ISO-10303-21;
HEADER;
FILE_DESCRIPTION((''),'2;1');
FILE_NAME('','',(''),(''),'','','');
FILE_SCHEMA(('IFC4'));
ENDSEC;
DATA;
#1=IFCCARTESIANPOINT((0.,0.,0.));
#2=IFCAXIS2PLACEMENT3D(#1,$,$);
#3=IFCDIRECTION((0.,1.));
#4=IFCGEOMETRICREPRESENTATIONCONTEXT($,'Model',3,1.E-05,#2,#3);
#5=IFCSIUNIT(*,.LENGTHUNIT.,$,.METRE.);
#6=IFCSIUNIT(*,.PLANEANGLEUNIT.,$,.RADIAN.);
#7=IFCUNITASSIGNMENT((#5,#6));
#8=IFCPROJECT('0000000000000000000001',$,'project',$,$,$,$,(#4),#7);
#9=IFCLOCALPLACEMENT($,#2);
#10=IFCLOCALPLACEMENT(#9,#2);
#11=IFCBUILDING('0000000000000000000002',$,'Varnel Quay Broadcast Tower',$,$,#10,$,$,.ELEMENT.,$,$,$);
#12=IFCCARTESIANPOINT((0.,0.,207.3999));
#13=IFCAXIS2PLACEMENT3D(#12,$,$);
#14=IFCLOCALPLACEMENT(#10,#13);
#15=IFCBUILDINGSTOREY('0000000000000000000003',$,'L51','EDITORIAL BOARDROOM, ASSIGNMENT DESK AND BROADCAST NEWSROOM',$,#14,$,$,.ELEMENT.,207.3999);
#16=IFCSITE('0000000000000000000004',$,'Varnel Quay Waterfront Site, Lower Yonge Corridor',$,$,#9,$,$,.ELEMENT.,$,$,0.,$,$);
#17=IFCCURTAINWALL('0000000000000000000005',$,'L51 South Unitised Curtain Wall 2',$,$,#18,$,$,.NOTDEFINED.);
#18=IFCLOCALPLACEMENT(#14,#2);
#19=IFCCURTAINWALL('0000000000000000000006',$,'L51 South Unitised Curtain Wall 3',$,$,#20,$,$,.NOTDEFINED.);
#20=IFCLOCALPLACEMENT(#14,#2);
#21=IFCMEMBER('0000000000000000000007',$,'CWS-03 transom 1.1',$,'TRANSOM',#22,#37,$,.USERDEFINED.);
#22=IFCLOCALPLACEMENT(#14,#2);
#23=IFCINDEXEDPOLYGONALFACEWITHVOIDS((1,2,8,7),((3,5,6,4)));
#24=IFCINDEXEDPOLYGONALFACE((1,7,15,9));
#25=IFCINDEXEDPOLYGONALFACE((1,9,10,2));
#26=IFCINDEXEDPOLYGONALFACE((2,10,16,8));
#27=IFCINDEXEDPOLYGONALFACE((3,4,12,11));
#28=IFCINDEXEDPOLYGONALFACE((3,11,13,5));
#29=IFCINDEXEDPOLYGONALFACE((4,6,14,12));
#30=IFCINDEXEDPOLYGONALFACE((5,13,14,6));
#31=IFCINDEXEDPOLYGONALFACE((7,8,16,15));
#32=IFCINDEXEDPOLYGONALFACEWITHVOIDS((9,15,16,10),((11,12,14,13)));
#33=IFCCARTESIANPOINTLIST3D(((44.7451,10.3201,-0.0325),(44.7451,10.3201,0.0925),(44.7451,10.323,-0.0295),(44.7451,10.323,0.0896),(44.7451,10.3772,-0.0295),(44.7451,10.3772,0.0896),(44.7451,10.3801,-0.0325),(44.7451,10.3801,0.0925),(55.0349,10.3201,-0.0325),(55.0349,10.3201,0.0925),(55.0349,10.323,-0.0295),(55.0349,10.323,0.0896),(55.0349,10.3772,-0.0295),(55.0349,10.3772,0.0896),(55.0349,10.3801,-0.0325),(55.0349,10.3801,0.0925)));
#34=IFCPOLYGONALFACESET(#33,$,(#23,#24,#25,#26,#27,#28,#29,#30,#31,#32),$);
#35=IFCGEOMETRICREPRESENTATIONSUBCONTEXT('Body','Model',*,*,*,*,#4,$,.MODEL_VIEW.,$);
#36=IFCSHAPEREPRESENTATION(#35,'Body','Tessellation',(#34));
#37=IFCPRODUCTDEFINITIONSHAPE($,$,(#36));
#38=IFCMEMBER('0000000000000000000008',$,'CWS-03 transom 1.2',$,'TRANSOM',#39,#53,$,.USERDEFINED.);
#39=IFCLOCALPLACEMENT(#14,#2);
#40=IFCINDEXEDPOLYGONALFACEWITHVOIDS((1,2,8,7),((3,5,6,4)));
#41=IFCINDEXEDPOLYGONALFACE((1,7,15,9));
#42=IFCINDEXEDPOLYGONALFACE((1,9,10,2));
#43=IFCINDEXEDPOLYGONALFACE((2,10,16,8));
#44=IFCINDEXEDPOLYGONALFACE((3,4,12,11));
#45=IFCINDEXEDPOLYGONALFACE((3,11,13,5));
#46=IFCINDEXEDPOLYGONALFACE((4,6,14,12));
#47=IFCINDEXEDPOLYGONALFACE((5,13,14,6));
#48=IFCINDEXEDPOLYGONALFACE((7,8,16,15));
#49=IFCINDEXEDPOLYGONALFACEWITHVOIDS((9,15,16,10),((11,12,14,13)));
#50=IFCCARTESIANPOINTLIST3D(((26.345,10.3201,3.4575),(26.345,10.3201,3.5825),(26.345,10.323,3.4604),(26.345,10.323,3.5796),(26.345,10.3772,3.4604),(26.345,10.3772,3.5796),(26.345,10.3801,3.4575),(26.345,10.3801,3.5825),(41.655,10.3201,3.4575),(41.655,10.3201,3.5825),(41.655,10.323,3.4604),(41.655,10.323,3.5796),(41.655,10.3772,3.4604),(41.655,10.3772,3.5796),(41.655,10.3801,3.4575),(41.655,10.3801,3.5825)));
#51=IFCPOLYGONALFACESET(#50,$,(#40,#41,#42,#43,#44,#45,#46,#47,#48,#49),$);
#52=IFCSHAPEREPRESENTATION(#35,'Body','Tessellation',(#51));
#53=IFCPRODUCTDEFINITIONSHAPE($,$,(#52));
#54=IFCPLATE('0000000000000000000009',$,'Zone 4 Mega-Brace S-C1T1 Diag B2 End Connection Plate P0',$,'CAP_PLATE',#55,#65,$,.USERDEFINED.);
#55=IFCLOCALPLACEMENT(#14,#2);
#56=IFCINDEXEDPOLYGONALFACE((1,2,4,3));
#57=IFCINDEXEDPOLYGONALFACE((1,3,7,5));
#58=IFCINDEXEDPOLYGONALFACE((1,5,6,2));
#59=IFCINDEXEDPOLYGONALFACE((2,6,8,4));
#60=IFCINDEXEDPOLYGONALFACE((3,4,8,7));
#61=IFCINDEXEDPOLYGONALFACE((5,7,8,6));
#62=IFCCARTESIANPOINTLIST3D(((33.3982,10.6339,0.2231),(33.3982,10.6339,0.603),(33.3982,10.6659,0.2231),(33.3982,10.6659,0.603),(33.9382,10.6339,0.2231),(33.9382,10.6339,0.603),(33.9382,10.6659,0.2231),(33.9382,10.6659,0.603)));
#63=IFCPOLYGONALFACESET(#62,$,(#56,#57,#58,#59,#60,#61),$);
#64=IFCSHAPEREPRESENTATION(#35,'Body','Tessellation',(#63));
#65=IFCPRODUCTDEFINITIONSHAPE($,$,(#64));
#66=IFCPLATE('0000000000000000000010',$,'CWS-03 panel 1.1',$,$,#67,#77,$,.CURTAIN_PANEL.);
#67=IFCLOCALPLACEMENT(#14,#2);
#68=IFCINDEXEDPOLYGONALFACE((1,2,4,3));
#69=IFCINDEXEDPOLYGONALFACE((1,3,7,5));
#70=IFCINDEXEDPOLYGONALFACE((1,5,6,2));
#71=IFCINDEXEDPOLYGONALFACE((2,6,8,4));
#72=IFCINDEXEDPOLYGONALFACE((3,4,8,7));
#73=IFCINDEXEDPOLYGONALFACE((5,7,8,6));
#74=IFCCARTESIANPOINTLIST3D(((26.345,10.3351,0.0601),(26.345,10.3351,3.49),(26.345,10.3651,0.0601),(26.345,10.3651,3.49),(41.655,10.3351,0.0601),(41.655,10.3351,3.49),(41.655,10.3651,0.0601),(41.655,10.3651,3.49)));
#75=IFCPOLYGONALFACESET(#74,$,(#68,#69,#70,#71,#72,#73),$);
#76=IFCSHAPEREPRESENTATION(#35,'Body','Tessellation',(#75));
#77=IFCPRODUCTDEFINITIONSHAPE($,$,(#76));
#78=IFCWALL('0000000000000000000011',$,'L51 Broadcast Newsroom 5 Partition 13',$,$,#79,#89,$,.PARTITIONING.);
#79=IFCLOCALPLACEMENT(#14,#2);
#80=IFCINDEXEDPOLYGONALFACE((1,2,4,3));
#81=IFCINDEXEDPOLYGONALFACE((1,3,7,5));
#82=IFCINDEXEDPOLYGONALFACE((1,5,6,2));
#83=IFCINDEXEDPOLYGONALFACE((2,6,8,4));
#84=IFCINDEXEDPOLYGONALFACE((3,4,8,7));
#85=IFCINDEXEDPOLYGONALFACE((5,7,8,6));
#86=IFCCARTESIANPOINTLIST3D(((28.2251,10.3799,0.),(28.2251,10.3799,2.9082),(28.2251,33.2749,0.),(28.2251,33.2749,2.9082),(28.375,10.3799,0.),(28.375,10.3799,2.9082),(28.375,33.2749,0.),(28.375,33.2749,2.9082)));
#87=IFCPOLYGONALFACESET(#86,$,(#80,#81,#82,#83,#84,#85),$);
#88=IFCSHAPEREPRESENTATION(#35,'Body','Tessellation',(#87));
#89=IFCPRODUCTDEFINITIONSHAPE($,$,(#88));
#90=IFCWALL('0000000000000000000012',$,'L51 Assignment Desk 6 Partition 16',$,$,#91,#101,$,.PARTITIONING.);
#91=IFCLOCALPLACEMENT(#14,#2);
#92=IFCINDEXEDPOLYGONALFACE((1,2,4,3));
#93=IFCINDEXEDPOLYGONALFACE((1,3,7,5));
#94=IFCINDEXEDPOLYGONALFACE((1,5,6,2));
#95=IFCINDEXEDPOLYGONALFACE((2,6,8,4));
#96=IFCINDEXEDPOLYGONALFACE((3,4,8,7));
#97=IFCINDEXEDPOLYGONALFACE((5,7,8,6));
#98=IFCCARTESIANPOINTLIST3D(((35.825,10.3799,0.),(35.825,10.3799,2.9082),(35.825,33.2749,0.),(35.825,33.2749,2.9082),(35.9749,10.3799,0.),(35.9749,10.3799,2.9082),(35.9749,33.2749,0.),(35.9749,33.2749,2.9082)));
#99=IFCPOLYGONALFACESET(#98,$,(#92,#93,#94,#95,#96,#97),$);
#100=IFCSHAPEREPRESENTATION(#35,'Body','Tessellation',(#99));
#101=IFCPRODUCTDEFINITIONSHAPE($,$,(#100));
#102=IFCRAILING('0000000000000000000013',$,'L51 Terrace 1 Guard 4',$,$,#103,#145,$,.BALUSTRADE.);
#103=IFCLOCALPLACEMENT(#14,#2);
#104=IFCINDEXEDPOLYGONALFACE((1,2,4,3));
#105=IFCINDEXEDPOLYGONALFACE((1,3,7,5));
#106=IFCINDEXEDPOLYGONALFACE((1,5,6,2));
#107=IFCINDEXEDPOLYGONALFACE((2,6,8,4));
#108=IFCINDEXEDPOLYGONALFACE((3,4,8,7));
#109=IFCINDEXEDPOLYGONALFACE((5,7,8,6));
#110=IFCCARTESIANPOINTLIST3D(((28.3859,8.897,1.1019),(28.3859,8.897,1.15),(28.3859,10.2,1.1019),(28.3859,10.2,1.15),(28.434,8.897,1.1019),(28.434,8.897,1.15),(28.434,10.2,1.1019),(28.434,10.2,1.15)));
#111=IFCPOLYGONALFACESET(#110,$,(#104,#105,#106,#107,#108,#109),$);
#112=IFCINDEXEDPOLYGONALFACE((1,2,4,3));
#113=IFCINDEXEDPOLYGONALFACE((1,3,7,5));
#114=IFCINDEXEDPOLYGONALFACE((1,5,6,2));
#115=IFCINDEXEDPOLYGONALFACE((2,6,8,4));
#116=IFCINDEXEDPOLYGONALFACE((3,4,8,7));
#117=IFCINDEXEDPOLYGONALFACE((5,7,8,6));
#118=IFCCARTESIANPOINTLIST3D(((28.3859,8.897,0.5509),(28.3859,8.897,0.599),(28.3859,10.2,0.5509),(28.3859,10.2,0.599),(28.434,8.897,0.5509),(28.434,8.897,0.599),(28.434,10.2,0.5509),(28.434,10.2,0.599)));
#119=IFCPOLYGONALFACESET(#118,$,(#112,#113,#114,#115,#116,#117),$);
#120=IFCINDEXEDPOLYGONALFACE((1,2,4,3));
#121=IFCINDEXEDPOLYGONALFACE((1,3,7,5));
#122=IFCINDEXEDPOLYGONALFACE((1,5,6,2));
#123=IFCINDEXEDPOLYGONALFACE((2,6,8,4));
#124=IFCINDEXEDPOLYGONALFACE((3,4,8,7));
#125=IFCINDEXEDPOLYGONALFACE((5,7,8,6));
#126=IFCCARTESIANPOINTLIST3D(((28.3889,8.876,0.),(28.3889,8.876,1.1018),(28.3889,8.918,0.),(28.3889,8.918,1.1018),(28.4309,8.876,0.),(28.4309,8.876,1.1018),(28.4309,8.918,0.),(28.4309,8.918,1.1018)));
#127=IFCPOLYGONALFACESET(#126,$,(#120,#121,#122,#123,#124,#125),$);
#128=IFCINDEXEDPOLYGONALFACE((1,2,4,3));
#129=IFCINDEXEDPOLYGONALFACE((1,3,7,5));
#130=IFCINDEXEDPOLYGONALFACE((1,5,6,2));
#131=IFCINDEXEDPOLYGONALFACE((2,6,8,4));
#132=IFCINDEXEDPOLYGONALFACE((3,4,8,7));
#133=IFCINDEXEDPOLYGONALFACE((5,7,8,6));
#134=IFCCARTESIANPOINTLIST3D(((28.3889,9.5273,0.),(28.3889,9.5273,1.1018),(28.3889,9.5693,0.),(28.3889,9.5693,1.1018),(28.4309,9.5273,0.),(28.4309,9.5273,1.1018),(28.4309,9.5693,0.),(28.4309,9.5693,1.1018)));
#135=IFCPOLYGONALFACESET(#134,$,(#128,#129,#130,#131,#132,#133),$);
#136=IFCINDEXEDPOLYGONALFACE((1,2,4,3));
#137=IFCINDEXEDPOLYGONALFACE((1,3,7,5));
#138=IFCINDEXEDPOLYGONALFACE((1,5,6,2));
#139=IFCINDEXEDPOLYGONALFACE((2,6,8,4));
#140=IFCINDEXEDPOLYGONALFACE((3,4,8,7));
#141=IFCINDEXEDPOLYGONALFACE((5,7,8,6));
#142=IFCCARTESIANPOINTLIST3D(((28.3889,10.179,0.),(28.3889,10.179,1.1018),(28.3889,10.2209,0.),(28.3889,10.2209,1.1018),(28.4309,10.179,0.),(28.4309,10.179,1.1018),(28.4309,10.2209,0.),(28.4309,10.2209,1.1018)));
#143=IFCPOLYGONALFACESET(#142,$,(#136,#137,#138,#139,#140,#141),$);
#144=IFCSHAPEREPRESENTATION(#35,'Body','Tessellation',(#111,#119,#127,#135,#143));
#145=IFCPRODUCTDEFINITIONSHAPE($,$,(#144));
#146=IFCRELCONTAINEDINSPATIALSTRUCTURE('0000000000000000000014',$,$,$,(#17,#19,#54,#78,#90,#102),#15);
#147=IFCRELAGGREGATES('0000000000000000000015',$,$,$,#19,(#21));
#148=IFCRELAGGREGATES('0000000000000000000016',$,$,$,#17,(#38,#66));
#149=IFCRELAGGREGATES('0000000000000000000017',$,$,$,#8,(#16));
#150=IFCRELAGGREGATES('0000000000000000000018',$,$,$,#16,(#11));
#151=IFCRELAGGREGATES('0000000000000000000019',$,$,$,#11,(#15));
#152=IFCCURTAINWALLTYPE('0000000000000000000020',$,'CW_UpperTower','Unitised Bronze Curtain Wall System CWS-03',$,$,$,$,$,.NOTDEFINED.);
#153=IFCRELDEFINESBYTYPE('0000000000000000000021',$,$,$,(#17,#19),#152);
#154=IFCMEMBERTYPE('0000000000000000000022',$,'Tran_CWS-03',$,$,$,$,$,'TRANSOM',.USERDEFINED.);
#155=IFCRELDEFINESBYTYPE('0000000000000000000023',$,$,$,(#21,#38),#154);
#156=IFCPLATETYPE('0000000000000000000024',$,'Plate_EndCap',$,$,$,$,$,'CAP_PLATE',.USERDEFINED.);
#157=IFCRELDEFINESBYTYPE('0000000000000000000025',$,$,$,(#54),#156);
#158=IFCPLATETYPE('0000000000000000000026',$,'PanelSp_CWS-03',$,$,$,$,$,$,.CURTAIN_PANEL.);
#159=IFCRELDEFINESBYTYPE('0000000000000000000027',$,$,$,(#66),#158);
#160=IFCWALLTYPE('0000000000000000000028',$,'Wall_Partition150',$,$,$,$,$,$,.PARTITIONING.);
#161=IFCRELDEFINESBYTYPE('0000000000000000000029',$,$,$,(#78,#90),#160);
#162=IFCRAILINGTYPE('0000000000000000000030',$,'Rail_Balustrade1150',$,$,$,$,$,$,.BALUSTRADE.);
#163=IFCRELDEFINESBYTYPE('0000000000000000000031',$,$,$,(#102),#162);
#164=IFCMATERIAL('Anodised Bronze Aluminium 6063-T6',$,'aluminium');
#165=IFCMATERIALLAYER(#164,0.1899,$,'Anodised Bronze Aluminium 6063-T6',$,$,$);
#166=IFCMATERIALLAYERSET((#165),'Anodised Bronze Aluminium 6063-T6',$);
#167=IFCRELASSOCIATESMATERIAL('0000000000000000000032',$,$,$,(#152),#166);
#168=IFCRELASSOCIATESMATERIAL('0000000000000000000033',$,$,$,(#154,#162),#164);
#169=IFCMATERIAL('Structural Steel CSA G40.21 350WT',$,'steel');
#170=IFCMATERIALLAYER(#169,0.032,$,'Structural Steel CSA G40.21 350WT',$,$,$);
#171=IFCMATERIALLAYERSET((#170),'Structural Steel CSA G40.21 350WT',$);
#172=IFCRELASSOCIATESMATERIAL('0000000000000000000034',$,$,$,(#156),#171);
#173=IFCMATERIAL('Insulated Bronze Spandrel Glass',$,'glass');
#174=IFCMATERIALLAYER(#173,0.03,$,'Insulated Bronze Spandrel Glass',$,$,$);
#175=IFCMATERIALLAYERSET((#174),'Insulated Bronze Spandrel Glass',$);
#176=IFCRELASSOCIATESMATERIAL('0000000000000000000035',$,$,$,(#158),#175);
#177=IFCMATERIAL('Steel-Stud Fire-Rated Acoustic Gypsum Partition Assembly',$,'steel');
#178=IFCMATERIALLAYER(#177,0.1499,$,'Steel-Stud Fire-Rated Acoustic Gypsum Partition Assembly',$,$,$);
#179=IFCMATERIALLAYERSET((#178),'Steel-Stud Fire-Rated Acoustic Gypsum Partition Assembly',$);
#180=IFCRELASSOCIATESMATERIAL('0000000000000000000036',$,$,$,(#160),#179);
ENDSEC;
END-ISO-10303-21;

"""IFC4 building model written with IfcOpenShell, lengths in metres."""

from ifc_helpers import new_model, si_unit, direction, frame, frame_2d, origin, origin_2d, place, context, subcontext, project, spatial, rectangle, hollow_rectangle, extrude, source, transform, mapped, material, layer, layer_set, material_profile, profile_set, type_object, type_shapes, element, aggregate, save


model = new_model("IFC4")

# Units and contexts
model_context = context("Model", 3, precision=1e-05, world=origin(), true_north=direction((0.0, 1.0)))
body_context = subcontext(model_context, "Body", "Model", "MODEL_VIEW")
ifc_project = project(units=[si_unit("LENGTHUNIT", "METRE"), si_unit("PLANEANGLEUNIT", "RADIAN")], contexts=[model_context])

# Site, building, storey
site_placement = place(None, origin())
site = spatial("IfcSite", under=ifc_project, at=site_placement, Name="Varnel Quay Waterfront Site, Lower Yonge Corridor", CompositionType="ELEMENT", RefElevation=0.0)
building_placement = place(site_placement, origin())
building = spatial("IfcBuilding", under=site, at=building_placement, Name="Varnel Quay Broadcast Tower", CompositionType="ELEMENT")
storey_placement = place(building_placement, frame((0.0, 0.0, 207.3999)))
storey = spatial("IfcBuildingStorey", under=building, at=storey_placement, Name="L51", Description="EDITORIAL BOARDROOM, ASSIGNMENT DESK AND BROADCAST NEWSROOM", CompositionType="ELEMENT", Elevation=207.3999)

# Curtain wall
ifc_material_1 = material(Name="Anodised Bronze Aluminium 6063-T6", Category="aluminium")
ifc_layer_1 = layer(ifc_material_1, 0.1899, Name="Anodised Bronze Aluminium 6063-T6")
ifc_layer_set_1 = layer_set([ifc_layer_1], Name="Anodised Bronze Aluminium 6063-T6")
curtain_wall_type = type_object("IfcCurtainWallType", Name="CW_UpperTower", Description="Unitised Bronze Curtain Wall System CWS-03", PredefinedType="NOTDEFINED", material=ifc_layer_set_1)
curtain_wall_1_placement = place(storey_placement, origin())
curtain_wall_1 = element("IfcCurtainWall", 1, at=curtain_wall_1_placement, inside=storey, type_object=curtain_wall_type, Name="L51 South Unitised Curtain Wall 2", PredefinedType="NOTDEFINED")

# Curtain wall, member
curtain_wall_2_placement = place(storey_placement, origin())
curtain_wall_2 = element("IfcCurtainWall", 2, at=curtain_wall_2_placement, inside=storey, type_object=curtain_wall_type, Name="L51 South Unitised Curtain Wall 3", PredefinedType="NOTDEFINED")
ifc_material_profile_1 = material_profile(ifc_material_1, hollow_rectangle(XDim=0.0601, YDim=0.125, WallThickness=0.0029, at=origin_2d()), Name="ALU60X125X3")
ifc_profile_set_1 = profile_set([ifc_material_profile_1], Name="Anodised Bronze Aluminium 6063-T6")
member_type_1 = type_object("IfcMemberType", Name="Tran_CWS-03", ElementType="TRANSOM", PredefinedType="USERDEFINED", material=ifc_profile_set_1)
shared_shape_1 = source(origin(), body_context, "Body", "SweptSolid", [
    extrude(hollow_rectangle(XDim=0.0601, YDim=0.125, WallThickness=0.0029, at=origin_2d()), origin(), (0.0, 0.0, 1.0), 10.2898),
])
member_1_placement = place(storey_placement, frame((44.7451, 10.3501, 0.03), z_axis=(1.0, 0.0, 0.0), x_axis=(0.0, 1.0, 0.0)))
member_1 = element("IfcMember", 3, at=member_1_placement, type_object=member_type_1, Name="CWS-03 transom 1.1", ObjectType="TRANSOM", PredefinedType="USERDEFINED", context=body_context, shape_type="MappedRepresentation", body=[
    mapped(shared_shape_1, transform((0.0, 0.0, 0.0), x_axis=(1.0, 0.0, 0.0), y_axis=(0.0, 1.0, 0.0), z_axis=(0.0, 0.0, 1.0), scale=1.0)),
])
aggregate(curtain_wall_2, [member_1])

# Member
shared_shape_2 = source(origin(), body_context, "Body", "SweptSolid", [
    extrude(hollow_rectangle(XDim=0.0601, YDim=0.125, WallThickness=0.0029, at=origin_2d()), origin(), (0.0, 0.0, 1.0), 15.3101),
])
type_shapes(member_type_1, [shared_shape_1, shared_shape_2])
member_2_placement = place(storey_placement, frame((26.345, 10.3501, 3.52), z_axis=(1.0, 0.0, 0.0), x_axis=(0.0, 1.0, 0.0)))
member_2 = element("IfcMember", 4, at=member_2_placement, type_object=member_type_1, Name="CWS-03 transom 1.2", ObjectType="TRANSOM", PredefinedType="USERDEFINED", context=body_context, shape_type="MappedRepresentation", body=[
    mapped(shared_shape_2, transform((0.0, 0.0, 0.0), x_axis=(1.0, 0.0, 0.0), y_axis=(0.0, 1.0, 0.0), z_axis=(0.0, 0.0, 1.0), scale=1.0)),
])

# Plates
ifc_material_2 = material(Name="Structural Steel CSA G40.21 350WT", Category="steel")
ifc_layer_2 = layer(ifc_material_2, 0.032, Name="Structural Steel CSA G40.21 350WT")
ifc_layer_set_2 = layer_set([ifc_layer_2], Name="Structural Steel CSA G40.21 350WT")
plate_type_1 = type_object("IfcPlateType", Name="Plate_EndCap", ElementType="CAP_PLATE", PredefinedType="USERDEFINED", material=ifc_layer_set_2)
shared_shape_3 = source(origin(), body_context, "Body", "SweptSolid", [
    extrude(rectangle(XDim=0.54, YDim=0.032, at=origin_2d()), origin(), (0.0, 0.0, 1.0), 0.3799),
])
type_shapes(plate_type_1, [shared_shape_3])
plate_1_placement = place(storey_placement, frame((33.6682, 10.6499, 0.2231), z_axis=(0.0, 0.0, 1.0), x_axis=(1.0, 0.0, 0.0)))
element("IfcPlate", 5, at=plate_1_placement, inside=storey, type_object=plate_type_1, Name="Zone 4 Mega-Brace S-C1T1 Diag B2 End Connection Plate P0", ObjectType="CAP_PLATE", PredefinedType="USERDEFINED", context=body_context, shape_type="MappedRepresentation", body=[
    mapped(shared_shape_3, transform((0.0, 0.0, 0.0), x_axis=(1.0, 0.0, 0.0), y_axis=(0.0, 1.0, 0.0), z_axis=(0.0, 0.0, 1.0), scale=1.0)),
])
ifc_material_3 = material(Name="Insulated Bronze Spandrel Glass", Category="glass")
ifc_layer_3 = layer(ifc_material_3, 0.03, Name="Insulated Bronze Spandrel Glass")
ifc_layer_set_3 = layer_set([ifc_layer_3], Name="Insulated Bronze Spandrel Glass")
plate_type_2 = type_object("IfcPlateType", Name="PanelSp_CWS-03", PredefinedType="CURTAIN_PANEL", material=ifc_layer_set_3)
shared_shape_4 = source(origin(), body_context, "Body", "SweptSolid", [
    extrude(rectangle(XDim=15.3101, YDim=0.03, at=origin_2d()), origin(), (0.0, 0.0, 1.0), 3.4299),
])
type_shapes(plate_type_2, [shared_shape_4])
plate_2_placement = place(storey_placement, frame((34.0, 10.3501, 0.0601), z_axis=(0.0, 0.0, 1.0), x_axis=(1.0, 0.0, 0.0)))
plate_2 = element("IfcPlate", 6, at=plate_2_placement, type_object=plate_type_2, Name="CWS-03 panel 1.1", PredefinedType="CURTAIN_PANEL", context=body_context, shape_type="MappedRepresentation", body=[
    mapped(shared_shape_4, transform((0.0, 0.0, 0.0), x_axis=(1.0, 0.0, 0.0), y_axis=(0.0, 1.0, 0.0), z_axis=(0.0, 0.0, 1.0), scale=1.0)),
])
aggregate(curtain_wall_1, [member_2, plate_2])

# Walls
ifc_material_4 = material(Name="Steel-Stud Fire-Rated Acoustic Gypsum Partition Assembly", Category="steel")
ifc_layer_4 = layer(ifc_material_4, 0.1499, Name="Steel-Stud Fire-Rated Acoustic Gypsum Partition Assembly")
ifc_layer_set_4 = layer_set([ifc_layer_4], Name="Steel-Stud Fire-Rated Acoustic Gypsum Partition Assembly")
wall_type_1 = type_object("IfcWallType", Name="Wall_Partition150", PredefinedType="PARTITIONING", material=ifc_layer_set_4)
for number, where, z_axis, x_axis, name in (
    (7, (28.3, 10.3799, 0.0), (0.0, 0.0, 1.0), (0.0, 1.0, 0.0), "L51 Broadcast Newsroom 5 Partition 13"),
    (8, (35.8999, 10.3799, 0.0), (0.0, 0.0, 1.0), (0.0, 1.0, 0.0), "L51 Assignment Desk 6 Partition 16"),
):
    element("IfcWall", number, at=place(storey_placement, frame(where, z_axis=z_axis, x_axis=x_axis)), inside=storey, type_object=wall_type_1, Name=name, PredefinedType="PARTITIONING", context=body_context, shape_type="SweptSolid", body=[
        extrude(rectangle(XDim=22.895, YDim=0.1499, at=frame_2d((11.4475, 0.0))), origin(), (0.0, 0.0, 1.0), 2.9082),
    ])

# Railing
railing_type = type_object("IfcRailingType", Name="Rail_Balustrade1150", PredefinedType="BALUSTRADE", material=ifc_material_1)
railing_1_placement = place(storey_placement, frame((28.4099, 8.897, 0.0)))
element("IfcRailing", 9, at=railing_1_placement, inside=storey, type_object=railing_type, Name="L51 Terrace 1 Guard 4", PredefinedType="BALUSTRADE", context=body_context, shape_type="SweptSolid", body=[
    extrude(rectangle(XDim=0.0481, YDim=0.0481, at=origin_2d()), frame((0.0, 0.0, 1.126), z_axis=(0.0, 1.0, 0.0), x_axis=(-1.0, 0.0, 0.0)), (0.0, 0.0, 1.0), 1.303),
    extrude(rectangle(XDim=0.0481, YDim=0.0481, at=origin_2d()), frame((0.0, 0.0, 0.575), z_axis=(0.0, 1.0, 0.0), x_axis=(-1.0, 0.0, 0.0)), (0.0, 0.0, 1.0), 1.303),
    extrude(rectangle(XDim=0.042, YDim=0.042, at=origin_2d()), origin(), (0.0, 0.0, 1.0), 1.1018),
    extrude(rectangle(XDim=0.042, YDim=0.042, at=origin_2d()), frame((0.0, 0.6514, 0.0)), (0.0, 0.0, 1.0), 1.1018),
    extrude(rectangle(XDim=0.042, YDim=0.042, at=origin_2d()), frame((0.0, 1.303, 0.0)), (0.0, 0.0, 1.0), 1.1018),
])

save(model, "model.ifc")
